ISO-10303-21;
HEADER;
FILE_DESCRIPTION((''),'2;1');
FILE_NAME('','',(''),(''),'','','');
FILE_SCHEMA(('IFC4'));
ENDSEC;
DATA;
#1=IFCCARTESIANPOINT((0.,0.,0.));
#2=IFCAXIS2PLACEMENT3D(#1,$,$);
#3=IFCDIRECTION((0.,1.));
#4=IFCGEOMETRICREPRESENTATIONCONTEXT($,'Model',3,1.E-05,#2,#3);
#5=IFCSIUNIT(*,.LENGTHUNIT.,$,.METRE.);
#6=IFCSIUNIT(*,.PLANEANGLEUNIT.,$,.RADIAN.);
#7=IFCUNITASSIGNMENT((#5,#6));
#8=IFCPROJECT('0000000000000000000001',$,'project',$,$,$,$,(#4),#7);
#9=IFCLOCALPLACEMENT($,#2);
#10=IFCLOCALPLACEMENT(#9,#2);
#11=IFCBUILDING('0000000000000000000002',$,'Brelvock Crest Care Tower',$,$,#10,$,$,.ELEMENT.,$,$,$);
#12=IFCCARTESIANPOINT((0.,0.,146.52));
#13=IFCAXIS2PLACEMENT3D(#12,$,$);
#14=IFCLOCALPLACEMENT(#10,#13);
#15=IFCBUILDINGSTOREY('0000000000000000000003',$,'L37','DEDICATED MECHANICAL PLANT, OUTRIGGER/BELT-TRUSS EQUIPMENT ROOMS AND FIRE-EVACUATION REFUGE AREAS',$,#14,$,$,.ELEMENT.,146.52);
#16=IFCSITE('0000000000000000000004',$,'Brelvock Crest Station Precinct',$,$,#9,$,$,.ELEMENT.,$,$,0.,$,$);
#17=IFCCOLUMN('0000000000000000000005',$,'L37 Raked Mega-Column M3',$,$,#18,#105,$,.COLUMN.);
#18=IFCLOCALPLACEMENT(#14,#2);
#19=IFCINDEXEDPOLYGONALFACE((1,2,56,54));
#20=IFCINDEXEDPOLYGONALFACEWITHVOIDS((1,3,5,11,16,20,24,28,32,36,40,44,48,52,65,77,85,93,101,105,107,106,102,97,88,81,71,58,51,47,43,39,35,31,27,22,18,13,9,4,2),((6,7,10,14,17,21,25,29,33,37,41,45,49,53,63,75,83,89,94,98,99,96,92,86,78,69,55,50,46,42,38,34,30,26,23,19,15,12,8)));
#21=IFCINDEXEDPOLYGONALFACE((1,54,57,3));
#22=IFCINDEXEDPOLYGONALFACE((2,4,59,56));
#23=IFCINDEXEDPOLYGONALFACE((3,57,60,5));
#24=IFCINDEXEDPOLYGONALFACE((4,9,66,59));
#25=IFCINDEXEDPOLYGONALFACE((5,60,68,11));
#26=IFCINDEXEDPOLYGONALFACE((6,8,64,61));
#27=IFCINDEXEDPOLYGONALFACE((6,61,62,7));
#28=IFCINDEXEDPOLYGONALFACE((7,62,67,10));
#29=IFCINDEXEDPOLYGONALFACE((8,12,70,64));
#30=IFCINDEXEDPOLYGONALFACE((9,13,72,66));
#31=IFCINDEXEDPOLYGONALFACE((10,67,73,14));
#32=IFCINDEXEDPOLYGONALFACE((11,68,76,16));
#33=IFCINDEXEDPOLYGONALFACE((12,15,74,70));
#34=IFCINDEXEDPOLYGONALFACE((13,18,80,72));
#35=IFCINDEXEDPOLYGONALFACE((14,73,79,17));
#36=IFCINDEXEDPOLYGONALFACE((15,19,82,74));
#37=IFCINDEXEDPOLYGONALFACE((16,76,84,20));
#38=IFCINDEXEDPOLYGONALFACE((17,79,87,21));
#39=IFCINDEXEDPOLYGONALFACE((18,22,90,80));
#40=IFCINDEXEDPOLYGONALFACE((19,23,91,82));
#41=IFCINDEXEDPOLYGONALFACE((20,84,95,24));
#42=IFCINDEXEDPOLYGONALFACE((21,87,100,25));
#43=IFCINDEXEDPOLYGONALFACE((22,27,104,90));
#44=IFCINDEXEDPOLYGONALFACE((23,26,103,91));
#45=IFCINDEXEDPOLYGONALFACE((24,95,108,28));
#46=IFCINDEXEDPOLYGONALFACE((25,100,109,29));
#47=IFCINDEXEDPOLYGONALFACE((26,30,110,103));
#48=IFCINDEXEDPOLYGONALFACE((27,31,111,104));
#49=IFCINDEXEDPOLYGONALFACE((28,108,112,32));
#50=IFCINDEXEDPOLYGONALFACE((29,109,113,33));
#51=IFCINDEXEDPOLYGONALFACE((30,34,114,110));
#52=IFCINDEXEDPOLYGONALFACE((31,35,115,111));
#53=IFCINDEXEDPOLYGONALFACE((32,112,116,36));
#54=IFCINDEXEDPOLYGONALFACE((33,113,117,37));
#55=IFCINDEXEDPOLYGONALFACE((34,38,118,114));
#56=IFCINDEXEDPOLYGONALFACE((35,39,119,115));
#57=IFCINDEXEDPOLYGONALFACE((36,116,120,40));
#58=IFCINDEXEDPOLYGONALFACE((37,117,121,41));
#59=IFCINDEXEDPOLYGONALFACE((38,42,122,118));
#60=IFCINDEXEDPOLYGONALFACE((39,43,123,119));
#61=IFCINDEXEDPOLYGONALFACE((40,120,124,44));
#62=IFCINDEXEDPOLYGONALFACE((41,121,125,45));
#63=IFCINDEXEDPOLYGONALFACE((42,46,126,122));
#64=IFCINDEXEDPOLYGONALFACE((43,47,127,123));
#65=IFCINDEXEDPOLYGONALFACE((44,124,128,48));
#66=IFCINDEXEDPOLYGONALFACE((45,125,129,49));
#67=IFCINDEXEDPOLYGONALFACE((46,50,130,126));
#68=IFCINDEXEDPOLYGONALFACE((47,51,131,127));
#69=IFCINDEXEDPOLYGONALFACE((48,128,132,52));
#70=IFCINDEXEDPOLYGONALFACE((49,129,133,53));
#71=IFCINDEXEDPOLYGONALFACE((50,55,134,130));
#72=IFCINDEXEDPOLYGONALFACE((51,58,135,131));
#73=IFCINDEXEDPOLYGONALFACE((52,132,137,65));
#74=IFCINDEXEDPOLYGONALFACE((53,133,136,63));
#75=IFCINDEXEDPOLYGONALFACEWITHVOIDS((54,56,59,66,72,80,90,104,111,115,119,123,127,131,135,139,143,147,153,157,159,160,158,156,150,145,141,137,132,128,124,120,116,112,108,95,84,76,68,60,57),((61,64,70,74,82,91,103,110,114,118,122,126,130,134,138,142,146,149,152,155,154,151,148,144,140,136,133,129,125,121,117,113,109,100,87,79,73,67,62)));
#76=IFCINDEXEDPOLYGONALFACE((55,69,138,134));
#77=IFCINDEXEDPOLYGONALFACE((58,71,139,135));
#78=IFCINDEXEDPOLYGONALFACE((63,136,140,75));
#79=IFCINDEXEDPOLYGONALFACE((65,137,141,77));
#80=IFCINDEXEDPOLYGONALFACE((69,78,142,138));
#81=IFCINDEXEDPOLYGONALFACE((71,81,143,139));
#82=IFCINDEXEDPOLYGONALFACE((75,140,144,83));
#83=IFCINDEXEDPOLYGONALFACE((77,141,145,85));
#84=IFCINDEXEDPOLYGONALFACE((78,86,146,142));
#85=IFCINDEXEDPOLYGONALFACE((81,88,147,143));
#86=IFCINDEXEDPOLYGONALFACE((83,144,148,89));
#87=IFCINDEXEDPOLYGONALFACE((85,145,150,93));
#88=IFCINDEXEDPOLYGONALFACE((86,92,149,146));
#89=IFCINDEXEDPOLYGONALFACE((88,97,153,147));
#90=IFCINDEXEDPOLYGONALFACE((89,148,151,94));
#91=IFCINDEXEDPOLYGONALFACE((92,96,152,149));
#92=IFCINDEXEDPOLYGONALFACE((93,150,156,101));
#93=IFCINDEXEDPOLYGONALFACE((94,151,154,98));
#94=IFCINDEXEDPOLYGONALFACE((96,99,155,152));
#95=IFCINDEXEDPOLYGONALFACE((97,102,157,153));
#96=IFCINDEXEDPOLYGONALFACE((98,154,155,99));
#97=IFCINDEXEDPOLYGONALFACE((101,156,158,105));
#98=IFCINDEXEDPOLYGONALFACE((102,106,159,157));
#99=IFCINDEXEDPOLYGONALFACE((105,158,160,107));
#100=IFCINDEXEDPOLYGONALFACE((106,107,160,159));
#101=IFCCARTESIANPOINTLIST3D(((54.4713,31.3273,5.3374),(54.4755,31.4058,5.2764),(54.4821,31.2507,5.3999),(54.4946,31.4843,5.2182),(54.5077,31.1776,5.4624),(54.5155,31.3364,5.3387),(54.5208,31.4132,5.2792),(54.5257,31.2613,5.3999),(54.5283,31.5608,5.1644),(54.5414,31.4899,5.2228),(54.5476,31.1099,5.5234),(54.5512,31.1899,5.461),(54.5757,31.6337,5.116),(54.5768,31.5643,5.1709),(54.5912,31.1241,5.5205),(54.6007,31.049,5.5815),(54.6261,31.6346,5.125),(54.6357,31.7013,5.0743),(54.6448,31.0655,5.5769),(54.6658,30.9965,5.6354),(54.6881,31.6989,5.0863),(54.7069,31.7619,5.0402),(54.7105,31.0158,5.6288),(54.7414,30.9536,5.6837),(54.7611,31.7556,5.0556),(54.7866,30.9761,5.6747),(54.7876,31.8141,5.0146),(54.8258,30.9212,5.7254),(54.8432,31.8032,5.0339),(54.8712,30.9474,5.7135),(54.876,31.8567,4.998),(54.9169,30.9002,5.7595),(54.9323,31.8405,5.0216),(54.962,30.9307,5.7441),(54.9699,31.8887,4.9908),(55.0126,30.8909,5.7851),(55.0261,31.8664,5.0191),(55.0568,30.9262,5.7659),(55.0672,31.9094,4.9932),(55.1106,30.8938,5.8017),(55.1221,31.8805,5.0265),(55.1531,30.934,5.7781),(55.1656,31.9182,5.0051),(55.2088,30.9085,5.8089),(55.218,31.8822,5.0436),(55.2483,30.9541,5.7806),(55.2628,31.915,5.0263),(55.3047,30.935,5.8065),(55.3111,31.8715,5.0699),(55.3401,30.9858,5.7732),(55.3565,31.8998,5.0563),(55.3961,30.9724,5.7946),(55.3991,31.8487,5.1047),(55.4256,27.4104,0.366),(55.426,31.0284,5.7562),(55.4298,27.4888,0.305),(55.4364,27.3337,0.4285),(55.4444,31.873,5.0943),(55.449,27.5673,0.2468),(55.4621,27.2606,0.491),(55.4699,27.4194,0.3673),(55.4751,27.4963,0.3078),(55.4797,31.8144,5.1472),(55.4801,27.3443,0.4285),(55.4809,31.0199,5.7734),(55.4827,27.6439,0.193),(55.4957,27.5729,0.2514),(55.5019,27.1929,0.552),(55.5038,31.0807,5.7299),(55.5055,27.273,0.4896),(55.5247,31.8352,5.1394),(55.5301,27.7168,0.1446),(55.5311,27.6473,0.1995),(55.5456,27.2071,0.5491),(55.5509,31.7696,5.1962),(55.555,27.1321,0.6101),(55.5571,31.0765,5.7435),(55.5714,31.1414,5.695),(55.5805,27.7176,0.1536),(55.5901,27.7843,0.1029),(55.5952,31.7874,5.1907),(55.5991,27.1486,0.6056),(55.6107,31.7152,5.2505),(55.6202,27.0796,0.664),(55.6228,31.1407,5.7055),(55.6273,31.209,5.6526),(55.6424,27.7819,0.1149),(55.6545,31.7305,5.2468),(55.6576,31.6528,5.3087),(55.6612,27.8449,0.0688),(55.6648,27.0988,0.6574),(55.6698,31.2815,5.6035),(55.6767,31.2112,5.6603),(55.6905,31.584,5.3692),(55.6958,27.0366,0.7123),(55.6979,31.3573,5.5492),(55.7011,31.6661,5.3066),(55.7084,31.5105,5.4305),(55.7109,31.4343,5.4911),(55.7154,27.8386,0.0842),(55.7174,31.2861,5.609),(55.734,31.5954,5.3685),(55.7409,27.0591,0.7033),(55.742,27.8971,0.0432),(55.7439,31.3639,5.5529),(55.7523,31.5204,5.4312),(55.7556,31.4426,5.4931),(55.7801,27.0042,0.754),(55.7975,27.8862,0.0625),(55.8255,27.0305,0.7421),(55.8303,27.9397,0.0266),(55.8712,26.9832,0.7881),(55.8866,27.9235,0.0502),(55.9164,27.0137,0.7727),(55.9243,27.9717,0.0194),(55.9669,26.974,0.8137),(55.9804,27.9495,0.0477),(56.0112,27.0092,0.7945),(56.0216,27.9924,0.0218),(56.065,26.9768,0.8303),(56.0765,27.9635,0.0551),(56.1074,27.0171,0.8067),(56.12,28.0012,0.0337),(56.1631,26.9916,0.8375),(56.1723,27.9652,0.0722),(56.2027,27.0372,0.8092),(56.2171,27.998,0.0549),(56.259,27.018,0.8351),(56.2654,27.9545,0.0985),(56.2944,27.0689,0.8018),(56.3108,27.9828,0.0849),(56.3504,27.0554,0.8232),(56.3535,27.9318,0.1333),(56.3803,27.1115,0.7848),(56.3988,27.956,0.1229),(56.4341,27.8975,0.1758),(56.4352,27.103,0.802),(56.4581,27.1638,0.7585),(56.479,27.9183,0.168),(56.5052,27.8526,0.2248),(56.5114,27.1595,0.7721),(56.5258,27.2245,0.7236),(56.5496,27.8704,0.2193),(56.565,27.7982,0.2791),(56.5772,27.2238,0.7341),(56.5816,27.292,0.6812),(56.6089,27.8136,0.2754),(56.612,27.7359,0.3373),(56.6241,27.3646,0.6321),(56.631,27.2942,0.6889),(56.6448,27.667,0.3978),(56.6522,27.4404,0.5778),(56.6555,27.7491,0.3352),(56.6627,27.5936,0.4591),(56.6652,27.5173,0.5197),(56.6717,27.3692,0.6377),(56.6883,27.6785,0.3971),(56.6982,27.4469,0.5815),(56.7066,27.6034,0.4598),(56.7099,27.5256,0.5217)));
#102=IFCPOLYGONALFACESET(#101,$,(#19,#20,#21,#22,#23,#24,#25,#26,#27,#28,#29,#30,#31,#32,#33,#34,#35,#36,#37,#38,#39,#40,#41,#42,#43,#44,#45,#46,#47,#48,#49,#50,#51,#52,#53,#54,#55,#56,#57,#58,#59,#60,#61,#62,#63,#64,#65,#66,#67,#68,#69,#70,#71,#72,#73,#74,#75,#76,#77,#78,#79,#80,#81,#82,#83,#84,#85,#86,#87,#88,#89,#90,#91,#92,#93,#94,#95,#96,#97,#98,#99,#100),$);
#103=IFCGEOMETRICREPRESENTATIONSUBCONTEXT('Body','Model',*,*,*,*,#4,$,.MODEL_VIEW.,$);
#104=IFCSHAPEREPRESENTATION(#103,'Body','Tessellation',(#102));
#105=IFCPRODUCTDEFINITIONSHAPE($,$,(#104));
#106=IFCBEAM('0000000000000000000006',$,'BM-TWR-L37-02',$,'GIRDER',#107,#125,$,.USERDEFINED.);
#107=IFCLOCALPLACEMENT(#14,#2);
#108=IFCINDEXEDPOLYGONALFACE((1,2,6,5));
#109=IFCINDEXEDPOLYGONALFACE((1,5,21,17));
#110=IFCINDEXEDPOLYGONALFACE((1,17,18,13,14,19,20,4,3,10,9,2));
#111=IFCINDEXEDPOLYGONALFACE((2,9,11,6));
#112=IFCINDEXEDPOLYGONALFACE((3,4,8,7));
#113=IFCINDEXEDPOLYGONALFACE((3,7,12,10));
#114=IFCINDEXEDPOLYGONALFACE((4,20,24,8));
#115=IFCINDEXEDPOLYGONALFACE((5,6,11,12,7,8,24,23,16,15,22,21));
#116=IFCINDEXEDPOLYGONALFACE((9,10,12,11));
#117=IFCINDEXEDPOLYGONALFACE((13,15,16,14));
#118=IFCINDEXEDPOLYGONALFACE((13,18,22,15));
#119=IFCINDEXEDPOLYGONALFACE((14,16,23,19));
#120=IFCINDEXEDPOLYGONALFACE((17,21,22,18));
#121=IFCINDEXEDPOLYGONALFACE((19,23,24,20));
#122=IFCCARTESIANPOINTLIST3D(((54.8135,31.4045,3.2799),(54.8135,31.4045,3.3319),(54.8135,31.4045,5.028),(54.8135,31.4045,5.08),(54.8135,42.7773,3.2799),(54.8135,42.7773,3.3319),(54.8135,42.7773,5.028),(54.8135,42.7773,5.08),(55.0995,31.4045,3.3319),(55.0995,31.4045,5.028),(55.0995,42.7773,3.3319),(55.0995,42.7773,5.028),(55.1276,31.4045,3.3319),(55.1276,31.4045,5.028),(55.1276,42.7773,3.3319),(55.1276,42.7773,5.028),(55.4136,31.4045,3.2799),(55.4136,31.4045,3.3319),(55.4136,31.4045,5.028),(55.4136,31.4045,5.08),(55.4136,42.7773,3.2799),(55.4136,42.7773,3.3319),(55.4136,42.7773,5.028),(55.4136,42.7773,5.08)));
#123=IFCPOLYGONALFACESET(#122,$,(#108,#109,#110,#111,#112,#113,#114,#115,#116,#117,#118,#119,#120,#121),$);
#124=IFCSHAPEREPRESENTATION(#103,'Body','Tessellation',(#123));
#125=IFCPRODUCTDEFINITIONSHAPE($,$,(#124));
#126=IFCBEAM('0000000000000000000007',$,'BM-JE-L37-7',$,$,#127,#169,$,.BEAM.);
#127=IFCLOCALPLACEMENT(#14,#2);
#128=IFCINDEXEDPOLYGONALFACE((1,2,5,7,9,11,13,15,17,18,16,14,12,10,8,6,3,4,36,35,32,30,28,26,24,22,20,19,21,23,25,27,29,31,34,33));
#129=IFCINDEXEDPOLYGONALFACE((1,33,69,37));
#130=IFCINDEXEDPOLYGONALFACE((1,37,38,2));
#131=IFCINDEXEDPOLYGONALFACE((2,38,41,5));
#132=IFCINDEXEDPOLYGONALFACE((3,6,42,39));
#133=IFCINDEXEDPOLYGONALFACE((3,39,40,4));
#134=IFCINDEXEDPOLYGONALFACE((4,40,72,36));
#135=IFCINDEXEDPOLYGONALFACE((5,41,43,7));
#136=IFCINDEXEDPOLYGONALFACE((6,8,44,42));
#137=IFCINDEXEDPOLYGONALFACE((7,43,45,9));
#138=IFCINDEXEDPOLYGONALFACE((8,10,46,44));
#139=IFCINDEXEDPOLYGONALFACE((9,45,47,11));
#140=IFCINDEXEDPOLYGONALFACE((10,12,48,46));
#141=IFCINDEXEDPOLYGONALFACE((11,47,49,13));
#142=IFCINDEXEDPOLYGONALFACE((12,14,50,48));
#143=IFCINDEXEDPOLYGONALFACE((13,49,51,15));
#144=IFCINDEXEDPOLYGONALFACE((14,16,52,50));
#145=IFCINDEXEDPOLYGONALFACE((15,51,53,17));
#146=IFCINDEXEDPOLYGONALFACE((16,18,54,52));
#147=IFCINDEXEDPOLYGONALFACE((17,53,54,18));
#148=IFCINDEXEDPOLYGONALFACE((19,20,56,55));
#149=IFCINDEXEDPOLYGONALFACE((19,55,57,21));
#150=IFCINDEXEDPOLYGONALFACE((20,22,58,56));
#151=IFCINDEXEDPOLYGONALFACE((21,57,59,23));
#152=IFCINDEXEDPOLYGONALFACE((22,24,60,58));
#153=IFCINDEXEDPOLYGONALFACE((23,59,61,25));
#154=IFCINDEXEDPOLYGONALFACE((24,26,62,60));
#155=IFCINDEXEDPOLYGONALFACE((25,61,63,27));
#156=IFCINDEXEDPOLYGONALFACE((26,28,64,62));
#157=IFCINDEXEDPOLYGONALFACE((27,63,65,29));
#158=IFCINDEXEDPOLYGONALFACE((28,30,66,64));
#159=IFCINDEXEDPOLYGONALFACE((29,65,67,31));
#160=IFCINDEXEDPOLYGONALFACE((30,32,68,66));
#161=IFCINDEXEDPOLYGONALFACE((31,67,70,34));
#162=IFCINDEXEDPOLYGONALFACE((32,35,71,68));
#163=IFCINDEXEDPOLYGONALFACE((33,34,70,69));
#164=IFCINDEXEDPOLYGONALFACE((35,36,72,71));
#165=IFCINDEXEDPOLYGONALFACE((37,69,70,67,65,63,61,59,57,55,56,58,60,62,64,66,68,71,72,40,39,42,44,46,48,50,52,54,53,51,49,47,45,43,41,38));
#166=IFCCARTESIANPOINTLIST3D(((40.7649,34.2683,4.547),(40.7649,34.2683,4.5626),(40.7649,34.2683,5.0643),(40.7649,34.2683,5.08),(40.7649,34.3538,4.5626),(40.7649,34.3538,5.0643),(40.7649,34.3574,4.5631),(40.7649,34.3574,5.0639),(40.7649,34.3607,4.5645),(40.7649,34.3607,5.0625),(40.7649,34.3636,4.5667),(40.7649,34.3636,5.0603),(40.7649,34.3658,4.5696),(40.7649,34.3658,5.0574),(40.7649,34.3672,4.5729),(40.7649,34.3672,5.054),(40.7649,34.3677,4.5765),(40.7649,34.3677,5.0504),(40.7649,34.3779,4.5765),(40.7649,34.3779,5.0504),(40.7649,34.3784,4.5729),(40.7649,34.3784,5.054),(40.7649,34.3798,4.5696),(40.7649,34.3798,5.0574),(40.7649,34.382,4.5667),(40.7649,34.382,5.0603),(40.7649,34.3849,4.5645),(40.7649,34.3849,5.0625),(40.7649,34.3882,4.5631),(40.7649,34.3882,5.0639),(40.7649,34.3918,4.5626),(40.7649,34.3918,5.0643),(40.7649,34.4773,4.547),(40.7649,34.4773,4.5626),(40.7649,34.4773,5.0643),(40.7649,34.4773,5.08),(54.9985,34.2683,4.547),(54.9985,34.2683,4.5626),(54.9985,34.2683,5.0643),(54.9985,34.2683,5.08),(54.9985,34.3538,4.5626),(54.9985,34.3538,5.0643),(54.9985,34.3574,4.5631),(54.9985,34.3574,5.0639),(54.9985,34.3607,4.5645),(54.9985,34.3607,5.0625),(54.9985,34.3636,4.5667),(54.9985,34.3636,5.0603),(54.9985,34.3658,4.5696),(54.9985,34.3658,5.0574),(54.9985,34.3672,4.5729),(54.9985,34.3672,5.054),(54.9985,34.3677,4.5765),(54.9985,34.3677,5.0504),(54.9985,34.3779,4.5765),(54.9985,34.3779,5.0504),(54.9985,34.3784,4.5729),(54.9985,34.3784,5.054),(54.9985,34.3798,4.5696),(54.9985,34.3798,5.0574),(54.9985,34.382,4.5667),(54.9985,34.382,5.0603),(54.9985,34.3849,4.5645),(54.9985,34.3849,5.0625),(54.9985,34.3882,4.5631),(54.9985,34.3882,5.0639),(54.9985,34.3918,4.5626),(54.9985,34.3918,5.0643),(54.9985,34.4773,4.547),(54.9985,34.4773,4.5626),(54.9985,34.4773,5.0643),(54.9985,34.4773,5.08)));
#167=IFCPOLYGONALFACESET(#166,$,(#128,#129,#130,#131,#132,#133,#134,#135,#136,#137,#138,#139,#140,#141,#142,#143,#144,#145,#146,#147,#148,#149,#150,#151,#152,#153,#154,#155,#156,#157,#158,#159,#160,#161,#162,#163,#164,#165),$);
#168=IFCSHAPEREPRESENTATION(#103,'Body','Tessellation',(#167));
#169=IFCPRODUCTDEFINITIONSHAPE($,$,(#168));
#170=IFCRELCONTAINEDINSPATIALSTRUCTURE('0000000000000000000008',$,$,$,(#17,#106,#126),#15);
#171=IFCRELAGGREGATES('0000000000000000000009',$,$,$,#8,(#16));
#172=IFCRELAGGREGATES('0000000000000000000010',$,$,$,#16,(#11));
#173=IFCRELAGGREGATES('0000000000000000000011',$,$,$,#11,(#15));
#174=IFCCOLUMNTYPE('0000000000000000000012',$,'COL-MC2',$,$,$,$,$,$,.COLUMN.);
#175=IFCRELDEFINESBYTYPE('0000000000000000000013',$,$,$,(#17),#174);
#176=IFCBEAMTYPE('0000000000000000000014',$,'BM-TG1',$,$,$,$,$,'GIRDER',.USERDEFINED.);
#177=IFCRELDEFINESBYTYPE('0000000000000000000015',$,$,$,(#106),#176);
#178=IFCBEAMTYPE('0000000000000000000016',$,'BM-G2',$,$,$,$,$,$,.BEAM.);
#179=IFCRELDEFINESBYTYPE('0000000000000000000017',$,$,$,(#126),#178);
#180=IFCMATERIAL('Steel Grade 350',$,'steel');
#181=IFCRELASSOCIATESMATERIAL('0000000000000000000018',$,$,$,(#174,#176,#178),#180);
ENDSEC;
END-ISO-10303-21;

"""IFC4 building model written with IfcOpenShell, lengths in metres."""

from ifc_helpers import new_model, si_unit, direction, frame, origin, origin_2d, place, context, subcontext, project, spatial, hollow_circle, i_section, extrude, source, transform, mapped, material, material_profile, profile_set, type_object, element, save


model = new_model("IFC4")

# Units and contexts
model_context = context("Model", 3, precision=1e-05, world=origin(), true_north=direction((0.0, 1.0)))
body_context = subcontext(model_context, "Body", "Model", "MODEL_VIEW")
ifc_project = project(units=[si_unit("LENGTHUNIT", "METRE"), si_unit("PLANEANGLEUNIT", "RADIAN")], contexts=[model_context])

# Site, building, storey
site_placement = place(None, origin())
site = spatial("IfcSite", under=ifc_project, at=site_placement, Name="Brelvock Crest Station Precinct", CompositionType="ELEMENT", RefElevation=0.0)
building_placement = place(site_placement, origin())
building = spatial("IfcBuilding", under=site, at=building_placement, Name="Brelvock Crest Care Tower", CompositionType="ELEMENT")
storey_placement = place(building_placement, frame((0.0, 0.0, 146.52)))
storey = spatial("IfcBuildingStorey", under=building, at=storey_placement, Name="L37", Description="DEDICATED MECHANICAL PLANT, OUTRIGGER/BELT-TRUSS EQUIPMENT ROOMS AND FIRE-EVACUATION REFUGE AREAS", CompositionType="ELEMENT", Elevation=146.52)

# Column
ifc_material_1 = material(Name="Steel Grade 350", Category="steel")
ifc_material_profile_1 = material_profile(ifc_material_1, hollow_circle(Radius=0.6499, WallThickness=0.0449, at=origin_2d()), Name="CFT1300x45")
ifc_profile_set_1 = profile_set([ifc_material_profile_1], Name="Steel Grade 350")
column_type = type_object("IfcColumnType", Name="COL-MC2", PredefinedType="COLUMN", material=ifc_profile_set_1)
shared_shape_1 = source(origin(), body_context, "Body", "SweptSolid", [
    extrude(hollow_circle(Radius=0.6499, WallThickness=0.0449, at=origin_2d()), origin(), (0.0, 0.0, 1.0), 6.4006),
])
column_placement = place(storey_placement, frame((56.0679, 27.4875, 0.4285), z_axis=(-0.149101, 0.611964, 0.776704), x_axis=(-0.971578, -0.236718, 0.0)))
element("IfcColumn", 1, at=column_placement, inside=storey, type_object=column_type, Name="L37 Raked Mega-Column M3", PredefinedType="COLUMN", context=body_context, shape_type="MappedRepresentation", body=[
    mapped(shared_shape_1, transform((0.0, 0.0, 0.0), x_axis=(1.0, 0.0, 0.0), y_axis=(0.0, 1.0, 0.0), z_axis=(0.0, 0.0, 1.0), scale=1.0)),
])

# Beams
ifc_material_profile_2 = material_profile(ifc_material_1, i_section(OverallWidth=0.6001, OverallDepth=1.8, WebThickness=0.0281, FlangeThickness=0.052, at=origin_2d()), Name="1800TG740")
ifc_profile_set_2 = profile_set([ifc_material_profile_2], Name="Steel Grade 350")
beam_type_1 = type_object("IfcBeamType", Name="BM-TG1", ElementType="GIRDER", PredefinedType="USERDEFINED", material=ifc_profile_set_2)
shared_shape_2 = source(origin(), body_context, "Body", "SweptSolid", [
    extrude(i_section(OverallWidth=0.6001, OverallDepth=1.8, WebThickness=0.0281, FlangeThickness=0.052, at=origin_2d()), origin(), (0.0, 0.0, 1.0), 11.3728),
])
beam_placement = place(storey_placement, frame((55.1135, 31.4045, 4.1799), z_axis=(0.0, 1.0, 0.0), x_axis=(-1.0, 0.0, 0.0)))
element("IfcBeam", 2, at=beam_placement, inside=storey, type_object=beam_type_1, Name="BM-TWR-L37-02", ObjectType="GIRDER", PredefinedType="USERDEFINED", context=body_context, shape_type="MappedRepresentation", body=[
    mapped(shared_shape_2, transform((0.0, 0.0, 0.0), x_axis=(1.0, 0.0, 0.0), y_axis=(0.0, 1.0, 0.0), z_axis=(0.0, 0.0, 1.0), scale=1.0)),
])
ifc_material_profile_3 = material_profile(ifc_material_1, i_section(OverallWidth=0.209, OverallDepth=0.533, WebThickness=0.0103, FlangeThickness=0.0156, FilletRadius=0.0139, at=origin_2d()), Name="530UB92.4")
ifc_profile_set_3 = profile_set([ifc_material_profile_3], Name="Steel Grade 350")
beam_type_2 = type_object("IfcBeamType", Name="BM-G2", PredefinedType="BEAM", material=ifc_profile_set_3)
shared_shape_3 = source(origin(), body_context, "Body", "SweptSolid", [
    extrude(i_section(OverallWidth=0.209, OverallDepth=0.533, WebThickness=0.0103, FlangeThickness=0.0156, FilletRadius=0.0139, at=origin_2d()), origin(), (0.0, 0.0, 1.0), 14.2336),
])
for number, where, z_axis, x_axis, name in (
    (3, (40.7649, 34.3728, 4.8135), (1.0, 0.0, 0.0), (0.0, 1.0, 0.0), "BM-JE-L37-7"),
):
    element("IfcBeam", number, at=place(storey_placement, frame(where, z_axis=z_axis, x_axis=x_axis)), inside=storey, type_object=beam_type_2, Name=name, PredefinedType="BEAM", context=body_context, shape_type="MappedRepresentation", body=[
        mapped(shared_shape_3, transform((0.0, 0.0, 0.0), x_axis=(1.0, 0.0, 0.0), y_axis=(0.0, 1.0, 0.0), z_axis=(0.0, 0.0, 1.0), scale=1.0)),
    ])

save(model, "model.ifc")
